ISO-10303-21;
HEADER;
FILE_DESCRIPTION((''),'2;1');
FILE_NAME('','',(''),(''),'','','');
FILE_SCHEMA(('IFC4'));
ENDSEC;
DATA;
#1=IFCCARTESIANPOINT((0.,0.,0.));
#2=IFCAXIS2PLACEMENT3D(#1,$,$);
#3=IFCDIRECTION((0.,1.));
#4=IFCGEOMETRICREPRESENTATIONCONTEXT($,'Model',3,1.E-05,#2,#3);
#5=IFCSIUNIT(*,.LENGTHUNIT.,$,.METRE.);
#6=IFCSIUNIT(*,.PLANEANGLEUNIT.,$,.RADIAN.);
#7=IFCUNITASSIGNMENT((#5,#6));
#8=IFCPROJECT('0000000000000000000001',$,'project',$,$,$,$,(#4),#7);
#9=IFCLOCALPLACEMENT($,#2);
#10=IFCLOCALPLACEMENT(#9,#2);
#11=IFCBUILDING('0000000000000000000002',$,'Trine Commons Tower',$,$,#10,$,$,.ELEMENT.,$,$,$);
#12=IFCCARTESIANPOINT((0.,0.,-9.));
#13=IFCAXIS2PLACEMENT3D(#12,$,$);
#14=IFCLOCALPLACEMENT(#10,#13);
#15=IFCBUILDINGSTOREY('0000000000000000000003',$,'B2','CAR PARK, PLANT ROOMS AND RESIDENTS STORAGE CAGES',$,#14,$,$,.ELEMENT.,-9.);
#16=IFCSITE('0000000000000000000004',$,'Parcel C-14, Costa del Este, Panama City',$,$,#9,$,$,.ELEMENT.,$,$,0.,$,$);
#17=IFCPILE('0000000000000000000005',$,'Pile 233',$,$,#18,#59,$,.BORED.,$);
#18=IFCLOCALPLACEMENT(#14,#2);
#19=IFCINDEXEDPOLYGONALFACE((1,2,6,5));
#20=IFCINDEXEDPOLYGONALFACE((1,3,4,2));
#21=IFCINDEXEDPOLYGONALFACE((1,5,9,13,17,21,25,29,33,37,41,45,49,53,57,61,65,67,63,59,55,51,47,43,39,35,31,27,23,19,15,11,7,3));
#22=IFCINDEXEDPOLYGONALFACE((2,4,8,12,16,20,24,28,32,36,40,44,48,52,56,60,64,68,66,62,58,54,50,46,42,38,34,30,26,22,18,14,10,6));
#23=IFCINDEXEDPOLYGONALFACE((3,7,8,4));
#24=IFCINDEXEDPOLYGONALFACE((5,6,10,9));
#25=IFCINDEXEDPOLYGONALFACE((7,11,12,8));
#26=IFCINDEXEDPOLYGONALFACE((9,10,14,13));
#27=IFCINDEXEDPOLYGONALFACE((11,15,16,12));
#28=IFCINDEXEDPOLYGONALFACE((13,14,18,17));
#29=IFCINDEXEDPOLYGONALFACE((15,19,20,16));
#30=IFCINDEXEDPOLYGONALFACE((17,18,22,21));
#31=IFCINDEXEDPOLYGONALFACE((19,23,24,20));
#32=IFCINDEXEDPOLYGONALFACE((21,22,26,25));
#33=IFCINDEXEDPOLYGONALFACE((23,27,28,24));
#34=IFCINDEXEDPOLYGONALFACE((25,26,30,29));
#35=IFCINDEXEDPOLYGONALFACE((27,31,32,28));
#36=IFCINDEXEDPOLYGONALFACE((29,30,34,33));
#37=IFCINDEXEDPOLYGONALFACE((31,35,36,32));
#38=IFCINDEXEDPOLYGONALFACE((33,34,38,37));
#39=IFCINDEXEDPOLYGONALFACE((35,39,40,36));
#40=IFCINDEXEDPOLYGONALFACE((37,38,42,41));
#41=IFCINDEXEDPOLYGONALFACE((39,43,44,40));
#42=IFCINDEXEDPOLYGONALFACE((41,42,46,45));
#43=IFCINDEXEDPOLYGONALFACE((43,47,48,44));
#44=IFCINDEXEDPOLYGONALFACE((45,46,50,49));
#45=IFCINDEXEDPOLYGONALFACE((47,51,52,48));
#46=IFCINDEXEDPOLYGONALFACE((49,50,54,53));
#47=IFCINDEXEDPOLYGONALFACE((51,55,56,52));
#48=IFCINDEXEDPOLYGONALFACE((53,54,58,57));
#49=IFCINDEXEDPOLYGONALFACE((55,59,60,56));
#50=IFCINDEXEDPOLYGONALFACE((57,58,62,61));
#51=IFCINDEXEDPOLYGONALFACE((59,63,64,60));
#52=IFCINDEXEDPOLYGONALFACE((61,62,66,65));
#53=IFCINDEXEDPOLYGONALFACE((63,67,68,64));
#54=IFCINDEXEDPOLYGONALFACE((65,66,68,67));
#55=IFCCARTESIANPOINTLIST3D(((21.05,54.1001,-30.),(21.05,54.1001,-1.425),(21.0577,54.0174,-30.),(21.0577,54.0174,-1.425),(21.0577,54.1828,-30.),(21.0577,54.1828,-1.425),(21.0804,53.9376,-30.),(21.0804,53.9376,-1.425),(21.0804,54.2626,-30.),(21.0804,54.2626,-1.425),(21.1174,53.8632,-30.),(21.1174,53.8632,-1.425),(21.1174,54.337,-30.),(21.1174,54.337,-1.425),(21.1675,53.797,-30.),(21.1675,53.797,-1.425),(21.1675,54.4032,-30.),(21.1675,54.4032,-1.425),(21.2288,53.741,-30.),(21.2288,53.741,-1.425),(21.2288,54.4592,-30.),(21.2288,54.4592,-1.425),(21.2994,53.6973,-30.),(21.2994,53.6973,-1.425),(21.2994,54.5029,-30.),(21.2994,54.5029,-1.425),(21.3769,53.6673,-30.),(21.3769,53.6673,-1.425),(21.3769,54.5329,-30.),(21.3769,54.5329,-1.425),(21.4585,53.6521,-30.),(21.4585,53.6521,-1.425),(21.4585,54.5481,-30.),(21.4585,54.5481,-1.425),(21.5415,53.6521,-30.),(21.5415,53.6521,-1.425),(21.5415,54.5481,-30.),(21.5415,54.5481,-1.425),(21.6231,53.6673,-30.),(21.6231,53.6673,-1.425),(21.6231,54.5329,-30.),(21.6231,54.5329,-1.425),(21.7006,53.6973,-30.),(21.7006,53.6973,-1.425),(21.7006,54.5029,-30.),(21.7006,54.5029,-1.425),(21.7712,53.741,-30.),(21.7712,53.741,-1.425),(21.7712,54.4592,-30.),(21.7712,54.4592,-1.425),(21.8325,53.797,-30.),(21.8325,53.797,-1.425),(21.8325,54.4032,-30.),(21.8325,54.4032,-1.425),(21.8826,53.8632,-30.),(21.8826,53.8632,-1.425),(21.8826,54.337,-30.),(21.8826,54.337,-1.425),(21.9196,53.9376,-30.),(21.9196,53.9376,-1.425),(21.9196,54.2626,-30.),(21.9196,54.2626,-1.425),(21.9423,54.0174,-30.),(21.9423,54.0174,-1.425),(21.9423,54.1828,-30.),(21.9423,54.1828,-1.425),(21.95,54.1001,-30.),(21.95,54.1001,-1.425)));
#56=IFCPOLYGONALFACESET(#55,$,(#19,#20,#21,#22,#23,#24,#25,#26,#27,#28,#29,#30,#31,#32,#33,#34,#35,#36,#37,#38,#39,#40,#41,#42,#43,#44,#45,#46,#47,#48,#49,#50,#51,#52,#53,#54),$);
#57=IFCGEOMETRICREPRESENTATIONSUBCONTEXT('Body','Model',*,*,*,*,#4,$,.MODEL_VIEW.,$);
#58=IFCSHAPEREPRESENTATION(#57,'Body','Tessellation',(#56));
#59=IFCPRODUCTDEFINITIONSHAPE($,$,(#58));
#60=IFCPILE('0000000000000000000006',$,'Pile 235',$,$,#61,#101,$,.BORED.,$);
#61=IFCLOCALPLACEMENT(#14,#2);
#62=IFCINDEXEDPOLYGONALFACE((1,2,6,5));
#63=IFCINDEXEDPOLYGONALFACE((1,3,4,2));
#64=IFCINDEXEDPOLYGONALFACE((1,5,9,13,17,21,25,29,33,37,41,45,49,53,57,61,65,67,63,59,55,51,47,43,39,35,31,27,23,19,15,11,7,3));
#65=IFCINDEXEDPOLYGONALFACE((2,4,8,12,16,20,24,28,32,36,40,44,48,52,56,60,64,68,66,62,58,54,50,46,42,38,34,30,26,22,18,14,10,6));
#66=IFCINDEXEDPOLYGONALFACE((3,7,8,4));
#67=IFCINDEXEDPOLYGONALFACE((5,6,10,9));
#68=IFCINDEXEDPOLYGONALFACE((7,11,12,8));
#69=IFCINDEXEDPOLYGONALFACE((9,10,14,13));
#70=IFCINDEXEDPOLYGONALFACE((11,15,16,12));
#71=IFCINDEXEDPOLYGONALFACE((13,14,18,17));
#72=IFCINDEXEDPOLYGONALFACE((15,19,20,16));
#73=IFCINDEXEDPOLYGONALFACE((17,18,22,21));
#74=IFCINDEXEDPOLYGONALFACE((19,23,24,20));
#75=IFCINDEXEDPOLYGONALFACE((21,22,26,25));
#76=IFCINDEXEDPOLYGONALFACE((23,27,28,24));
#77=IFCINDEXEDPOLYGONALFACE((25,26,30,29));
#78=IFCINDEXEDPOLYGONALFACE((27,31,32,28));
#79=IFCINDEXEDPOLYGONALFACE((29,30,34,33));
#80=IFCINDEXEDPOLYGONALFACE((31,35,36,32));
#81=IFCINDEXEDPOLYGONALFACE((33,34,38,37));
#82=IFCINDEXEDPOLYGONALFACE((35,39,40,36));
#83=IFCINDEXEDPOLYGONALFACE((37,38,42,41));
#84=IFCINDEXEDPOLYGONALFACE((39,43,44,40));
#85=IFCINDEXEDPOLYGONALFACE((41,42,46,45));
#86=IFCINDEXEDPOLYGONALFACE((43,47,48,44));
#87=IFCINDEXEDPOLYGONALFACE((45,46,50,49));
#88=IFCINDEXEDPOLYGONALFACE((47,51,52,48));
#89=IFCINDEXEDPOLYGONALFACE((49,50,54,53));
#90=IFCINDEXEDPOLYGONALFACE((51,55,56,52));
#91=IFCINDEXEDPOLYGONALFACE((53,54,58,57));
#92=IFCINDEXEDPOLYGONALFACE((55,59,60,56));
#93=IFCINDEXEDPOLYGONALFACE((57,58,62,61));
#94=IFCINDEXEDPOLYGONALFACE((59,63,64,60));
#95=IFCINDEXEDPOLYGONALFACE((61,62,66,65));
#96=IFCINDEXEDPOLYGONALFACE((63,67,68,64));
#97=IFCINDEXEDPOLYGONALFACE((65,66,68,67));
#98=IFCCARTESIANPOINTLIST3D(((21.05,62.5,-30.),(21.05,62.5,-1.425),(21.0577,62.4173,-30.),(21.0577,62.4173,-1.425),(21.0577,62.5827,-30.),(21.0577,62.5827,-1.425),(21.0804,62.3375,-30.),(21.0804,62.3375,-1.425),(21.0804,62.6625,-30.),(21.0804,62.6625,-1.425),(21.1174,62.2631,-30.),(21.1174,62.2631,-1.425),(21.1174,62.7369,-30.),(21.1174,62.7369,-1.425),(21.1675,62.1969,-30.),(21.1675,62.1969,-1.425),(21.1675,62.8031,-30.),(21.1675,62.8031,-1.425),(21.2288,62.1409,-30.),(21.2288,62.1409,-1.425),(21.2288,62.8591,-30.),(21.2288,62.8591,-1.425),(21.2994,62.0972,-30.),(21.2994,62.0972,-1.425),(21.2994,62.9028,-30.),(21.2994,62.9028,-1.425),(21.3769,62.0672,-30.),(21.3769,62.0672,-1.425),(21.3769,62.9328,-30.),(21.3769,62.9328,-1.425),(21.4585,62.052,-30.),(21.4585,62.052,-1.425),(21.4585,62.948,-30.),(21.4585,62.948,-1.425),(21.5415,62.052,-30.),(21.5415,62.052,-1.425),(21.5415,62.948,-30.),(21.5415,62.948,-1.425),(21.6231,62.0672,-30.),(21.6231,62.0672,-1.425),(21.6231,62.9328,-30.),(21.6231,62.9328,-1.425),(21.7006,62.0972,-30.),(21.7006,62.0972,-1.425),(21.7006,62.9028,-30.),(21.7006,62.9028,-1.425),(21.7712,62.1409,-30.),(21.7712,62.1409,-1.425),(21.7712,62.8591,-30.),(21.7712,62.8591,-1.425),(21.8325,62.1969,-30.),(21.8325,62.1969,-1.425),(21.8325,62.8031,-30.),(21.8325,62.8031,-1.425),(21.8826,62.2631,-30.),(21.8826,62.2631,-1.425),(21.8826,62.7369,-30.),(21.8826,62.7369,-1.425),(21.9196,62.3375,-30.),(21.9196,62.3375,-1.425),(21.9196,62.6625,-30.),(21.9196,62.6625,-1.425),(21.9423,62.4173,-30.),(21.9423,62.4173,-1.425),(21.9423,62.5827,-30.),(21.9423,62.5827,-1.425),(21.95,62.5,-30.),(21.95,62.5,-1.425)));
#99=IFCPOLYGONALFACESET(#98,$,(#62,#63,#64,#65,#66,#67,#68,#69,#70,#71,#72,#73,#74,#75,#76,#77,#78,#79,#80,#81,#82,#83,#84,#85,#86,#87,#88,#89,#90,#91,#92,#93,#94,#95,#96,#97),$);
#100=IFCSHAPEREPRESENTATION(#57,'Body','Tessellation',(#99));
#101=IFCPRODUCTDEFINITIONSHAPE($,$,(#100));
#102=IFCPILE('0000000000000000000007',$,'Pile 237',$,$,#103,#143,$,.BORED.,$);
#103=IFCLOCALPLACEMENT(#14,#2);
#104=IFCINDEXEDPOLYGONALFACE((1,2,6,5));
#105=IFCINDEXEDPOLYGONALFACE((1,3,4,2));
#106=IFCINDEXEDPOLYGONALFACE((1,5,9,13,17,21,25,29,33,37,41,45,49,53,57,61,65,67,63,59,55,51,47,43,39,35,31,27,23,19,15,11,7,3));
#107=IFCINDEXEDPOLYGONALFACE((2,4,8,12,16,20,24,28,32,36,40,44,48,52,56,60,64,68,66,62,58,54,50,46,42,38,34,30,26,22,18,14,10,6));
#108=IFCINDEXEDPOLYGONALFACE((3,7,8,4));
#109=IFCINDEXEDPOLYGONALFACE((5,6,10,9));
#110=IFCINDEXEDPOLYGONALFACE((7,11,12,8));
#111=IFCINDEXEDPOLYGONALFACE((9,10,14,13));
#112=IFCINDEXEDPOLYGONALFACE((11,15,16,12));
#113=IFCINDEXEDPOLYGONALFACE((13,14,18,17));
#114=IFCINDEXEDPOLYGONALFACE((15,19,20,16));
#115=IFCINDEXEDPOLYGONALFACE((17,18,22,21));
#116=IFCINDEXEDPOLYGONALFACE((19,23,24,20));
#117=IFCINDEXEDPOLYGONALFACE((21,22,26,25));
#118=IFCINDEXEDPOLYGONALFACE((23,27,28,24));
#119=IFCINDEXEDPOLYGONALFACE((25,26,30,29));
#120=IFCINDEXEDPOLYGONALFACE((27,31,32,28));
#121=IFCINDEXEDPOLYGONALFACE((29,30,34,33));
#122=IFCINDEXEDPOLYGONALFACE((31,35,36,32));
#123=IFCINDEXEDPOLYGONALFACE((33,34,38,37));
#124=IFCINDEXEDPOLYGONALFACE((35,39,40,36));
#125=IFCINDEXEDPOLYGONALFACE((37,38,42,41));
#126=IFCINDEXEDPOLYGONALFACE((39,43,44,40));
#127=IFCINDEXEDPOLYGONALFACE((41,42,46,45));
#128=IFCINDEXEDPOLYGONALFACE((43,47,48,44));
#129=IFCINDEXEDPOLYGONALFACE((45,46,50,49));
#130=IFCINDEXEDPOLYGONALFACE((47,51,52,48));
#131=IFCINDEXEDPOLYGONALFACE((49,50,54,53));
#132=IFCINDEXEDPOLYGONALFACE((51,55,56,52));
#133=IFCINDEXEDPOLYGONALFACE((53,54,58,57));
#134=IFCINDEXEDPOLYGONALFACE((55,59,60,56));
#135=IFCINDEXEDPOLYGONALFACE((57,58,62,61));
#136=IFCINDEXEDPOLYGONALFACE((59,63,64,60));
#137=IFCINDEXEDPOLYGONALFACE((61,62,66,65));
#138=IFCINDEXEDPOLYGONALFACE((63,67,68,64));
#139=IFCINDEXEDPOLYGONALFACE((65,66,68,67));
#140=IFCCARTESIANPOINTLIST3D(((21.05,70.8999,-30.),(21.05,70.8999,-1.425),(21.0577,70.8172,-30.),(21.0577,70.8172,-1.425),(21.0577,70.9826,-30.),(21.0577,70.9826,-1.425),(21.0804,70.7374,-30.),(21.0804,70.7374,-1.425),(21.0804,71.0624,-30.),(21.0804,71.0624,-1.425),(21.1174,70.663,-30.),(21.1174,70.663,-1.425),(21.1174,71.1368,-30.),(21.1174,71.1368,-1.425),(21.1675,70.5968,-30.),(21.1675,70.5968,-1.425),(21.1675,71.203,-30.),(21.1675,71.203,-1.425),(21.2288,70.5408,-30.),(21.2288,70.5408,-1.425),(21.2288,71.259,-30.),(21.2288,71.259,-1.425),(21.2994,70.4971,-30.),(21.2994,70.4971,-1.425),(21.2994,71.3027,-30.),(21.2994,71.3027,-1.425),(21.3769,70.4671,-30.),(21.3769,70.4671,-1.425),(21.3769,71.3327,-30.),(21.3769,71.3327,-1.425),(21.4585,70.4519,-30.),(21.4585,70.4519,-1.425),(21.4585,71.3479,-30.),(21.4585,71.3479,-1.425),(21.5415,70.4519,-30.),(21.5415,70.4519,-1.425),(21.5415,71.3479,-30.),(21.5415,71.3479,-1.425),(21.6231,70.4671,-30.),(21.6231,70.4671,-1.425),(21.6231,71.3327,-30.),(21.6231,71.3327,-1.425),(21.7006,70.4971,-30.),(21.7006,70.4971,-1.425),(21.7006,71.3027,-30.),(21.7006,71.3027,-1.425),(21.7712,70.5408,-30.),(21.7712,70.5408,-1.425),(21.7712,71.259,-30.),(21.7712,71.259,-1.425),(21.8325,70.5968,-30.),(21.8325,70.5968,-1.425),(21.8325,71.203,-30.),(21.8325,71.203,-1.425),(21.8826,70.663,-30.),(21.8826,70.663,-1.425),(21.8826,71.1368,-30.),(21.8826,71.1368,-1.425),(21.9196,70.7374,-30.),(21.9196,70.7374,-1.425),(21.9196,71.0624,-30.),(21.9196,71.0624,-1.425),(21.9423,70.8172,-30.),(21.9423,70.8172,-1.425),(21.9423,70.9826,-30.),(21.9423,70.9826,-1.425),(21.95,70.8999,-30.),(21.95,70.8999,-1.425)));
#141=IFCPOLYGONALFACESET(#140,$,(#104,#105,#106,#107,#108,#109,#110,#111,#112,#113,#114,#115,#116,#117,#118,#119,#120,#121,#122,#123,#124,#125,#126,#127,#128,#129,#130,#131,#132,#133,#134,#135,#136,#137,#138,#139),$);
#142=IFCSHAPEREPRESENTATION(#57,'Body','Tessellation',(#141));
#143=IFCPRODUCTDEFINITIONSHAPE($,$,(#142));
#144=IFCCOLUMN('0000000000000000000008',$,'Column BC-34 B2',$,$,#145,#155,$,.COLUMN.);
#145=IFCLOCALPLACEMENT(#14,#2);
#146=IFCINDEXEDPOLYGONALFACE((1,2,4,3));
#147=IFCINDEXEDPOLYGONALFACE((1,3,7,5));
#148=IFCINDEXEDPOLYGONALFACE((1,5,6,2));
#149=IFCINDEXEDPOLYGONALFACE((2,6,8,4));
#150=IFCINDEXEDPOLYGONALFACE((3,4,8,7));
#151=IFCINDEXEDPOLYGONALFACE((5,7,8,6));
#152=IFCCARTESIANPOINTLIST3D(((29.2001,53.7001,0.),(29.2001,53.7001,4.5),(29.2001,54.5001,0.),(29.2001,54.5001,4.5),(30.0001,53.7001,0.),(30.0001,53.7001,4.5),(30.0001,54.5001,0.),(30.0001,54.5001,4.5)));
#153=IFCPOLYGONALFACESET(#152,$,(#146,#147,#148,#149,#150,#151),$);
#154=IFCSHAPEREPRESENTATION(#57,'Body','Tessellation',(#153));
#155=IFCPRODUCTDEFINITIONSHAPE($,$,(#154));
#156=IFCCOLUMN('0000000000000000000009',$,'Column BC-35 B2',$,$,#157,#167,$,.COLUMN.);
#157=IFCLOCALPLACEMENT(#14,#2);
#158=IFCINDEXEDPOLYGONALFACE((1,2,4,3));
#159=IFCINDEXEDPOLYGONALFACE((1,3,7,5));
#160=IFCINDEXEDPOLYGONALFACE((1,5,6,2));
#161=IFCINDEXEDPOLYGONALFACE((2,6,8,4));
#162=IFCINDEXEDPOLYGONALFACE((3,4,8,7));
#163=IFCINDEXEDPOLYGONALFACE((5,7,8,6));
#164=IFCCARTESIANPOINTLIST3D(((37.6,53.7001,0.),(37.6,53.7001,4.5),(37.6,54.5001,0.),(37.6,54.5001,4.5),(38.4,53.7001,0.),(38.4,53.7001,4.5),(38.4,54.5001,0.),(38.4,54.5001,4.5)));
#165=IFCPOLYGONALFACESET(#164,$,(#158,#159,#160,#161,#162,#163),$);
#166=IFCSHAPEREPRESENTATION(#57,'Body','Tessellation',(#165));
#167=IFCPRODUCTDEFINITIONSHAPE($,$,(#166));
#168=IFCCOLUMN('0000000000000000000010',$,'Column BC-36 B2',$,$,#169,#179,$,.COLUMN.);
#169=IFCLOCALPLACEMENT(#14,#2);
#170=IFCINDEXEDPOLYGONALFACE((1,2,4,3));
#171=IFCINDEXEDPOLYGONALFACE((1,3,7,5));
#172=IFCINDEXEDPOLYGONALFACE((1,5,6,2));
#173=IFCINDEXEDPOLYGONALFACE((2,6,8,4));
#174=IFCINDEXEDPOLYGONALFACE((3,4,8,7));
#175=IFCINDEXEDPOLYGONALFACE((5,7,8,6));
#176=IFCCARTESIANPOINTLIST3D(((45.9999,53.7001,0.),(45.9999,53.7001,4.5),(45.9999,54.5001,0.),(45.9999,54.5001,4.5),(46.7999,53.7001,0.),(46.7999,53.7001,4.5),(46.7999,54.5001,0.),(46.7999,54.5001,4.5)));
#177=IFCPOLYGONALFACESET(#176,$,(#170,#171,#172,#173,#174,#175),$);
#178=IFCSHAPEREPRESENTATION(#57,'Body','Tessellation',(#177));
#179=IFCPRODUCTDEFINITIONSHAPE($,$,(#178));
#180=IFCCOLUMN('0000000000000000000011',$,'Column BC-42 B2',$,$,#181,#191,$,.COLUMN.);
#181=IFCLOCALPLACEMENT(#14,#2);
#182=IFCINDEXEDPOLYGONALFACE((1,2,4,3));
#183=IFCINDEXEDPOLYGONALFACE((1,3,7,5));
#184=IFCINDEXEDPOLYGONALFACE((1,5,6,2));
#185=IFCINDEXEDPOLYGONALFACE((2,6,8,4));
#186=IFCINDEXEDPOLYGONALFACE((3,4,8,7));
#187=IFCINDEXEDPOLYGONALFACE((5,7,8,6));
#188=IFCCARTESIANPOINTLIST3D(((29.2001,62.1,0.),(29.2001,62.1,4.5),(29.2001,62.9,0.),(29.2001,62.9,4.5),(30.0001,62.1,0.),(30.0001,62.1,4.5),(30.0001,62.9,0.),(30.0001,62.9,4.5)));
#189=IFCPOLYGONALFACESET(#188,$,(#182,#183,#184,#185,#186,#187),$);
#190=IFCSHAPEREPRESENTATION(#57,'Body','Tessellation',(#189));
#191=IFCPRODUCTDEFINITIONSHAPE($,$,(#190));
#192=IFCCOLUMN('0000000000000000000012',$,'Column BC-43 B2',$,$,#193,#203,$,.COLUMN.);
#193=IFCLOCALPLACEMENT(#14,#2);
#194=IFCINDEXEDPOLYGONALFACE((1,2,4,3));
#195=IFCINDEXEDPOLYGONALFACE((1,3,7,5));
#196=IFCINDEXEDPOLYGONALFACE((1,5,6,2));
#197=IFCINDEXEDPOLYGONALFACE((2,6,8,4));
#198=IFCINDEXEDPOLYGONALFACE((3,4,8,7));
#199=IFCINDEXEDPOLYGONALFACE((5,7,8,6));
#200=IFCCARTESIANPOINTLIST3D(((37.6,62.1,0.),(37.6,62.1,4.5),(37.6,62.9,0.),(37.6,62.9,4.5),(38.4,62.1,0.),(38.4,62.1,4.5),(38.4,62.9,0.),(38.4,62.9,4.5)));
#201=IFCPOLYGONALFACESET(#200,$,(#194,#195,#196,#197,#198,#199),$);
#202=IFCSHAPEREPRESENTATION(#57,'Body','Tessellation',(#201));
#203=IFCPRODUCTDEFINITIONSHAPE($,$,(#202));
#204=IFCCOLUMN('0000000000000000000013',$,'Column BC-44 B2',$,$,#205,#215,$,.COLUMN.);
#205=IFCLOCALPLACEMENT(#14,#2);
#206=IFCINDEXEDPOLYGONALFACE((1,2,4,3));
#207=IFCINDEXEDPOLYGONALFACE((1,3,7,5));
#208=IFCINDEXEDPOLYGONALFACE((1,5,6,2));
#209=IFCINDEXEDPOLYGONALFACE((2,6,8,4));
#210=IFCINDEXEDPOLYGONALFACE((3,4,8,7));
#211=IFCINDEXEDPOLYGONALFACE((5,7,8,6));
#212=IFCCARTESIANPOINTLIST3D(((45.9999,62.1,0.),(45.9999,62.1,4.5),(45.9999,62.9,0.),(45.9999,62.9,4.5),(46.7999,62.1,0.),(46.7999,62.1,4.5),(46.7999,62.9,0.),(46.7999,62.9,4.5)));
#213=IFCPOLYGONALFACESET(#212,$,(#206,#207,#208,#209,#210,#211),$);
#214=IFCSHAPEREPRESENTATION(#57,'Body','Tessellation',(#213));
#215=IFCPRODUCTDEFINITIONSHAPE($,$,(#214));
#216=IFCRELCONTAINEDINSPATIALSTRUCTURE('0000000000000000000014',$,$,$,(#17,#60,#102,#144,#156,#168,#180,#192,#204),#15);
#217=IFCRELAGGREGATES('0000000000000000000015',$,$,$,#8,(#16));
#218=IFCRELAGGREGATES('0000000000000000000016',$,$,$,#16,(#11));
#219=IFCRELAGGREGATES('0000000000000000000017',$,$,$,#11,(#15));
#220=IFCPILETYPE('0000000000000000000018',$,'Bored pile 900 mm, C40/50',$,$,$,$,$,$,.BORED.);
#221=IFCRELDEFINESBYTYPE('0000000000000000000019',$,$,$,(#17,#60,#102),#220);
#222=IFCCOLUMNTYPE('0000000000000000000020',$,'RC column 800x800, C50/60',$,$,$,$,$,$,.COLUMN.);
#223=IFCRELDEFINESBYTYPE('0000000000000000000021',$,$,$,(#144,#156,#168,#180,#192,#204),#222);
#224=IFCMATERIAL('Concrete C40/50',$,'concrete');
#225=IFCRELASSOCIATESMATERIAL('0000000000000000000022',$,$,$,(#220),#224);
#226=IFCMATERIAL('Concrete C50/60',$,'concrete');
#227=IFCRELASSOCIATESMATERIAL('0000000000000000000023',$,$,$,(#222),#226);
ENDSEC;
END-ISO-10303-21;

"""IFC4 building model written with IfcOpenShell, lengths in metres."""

from ifc_helpers import new_model, si_unit, direction, frame, origin, origin_2d, place, context, subcontext, project, spatial, rectangle, circle, extrude, material, material_profile, profile_set, type_object, element, save


model = new_model("IFC4")

# Units and contexts
model_context = context("Model", 3, precision=1e-05, world=origin(), true_north=direction((0.0, 1.0)))
body_context = subcontext(model_context, "Body", "Model", "MODEL_VIEW")
ifc_project = project(units=[si_unit("LENGTHUNIT", "METRE"), si_unit("PLANEANGLEUNIT", "RADIAN")], contexts=[model_context])

# Site, building, storey
site_placement = place(None, origin())
site = spatial("IfcSite", under=ifc_project, at=site_placement, Name="Parcel C-14, Costa del Este, Panama City", CompositionType="ELEMENT", RefElevation=0.0)
building_placement = place(site_placement, origin())
building = spatial("IfcBuilding", under=site, at=building_placement, Name="Trine Commons Tower", CompositionType="ELEMENT")
storey_placement = place(building_placement, frame((0.0, 0.0, -9.0)))
storey = spatial("IfcBuildingStorey", under=building, at=storey_placement, Name="B2", Description="CAR PARK, PLANT ROOMS AND RESIDENTS STORAGE CAGES", CompositionType="ELEMENT", Elevation=-9.0)

# Piles
ifc_material_1 = material(Name="Concrete C40/50", Category="concrete")
pile_type_1 = type_object("IfcPileType", Name="Bored pile 900 mm, C40/50", PredefinedType="BORED", material=ifc_material_1)
for number, where, z_axis, x_axis, name in (
    (1, (21.5, 54.1001, -1.425), (0.0, 0.0, -1.0), (1.0, 0.0, 0.0), "Pile 233"),
    (2, (21.5, 62.5, -1.425), (0.0, 0.0, -1.0), (1.0, 0.0, 0.0), "Pile 235"),
    (3, (21.5, 70.8999, -1.425), (0.0, 0.0, -1.0), (1.0, 0.0, 0.0), "Pile 237"),
):
    element("IfcPile", number, at=place(storey_placement, frame(where, z_axis=z_axis, x_axis=x_axis)), inside=storey, type_object=pile_type_1, Name=name, PredefinedType="BORED", context=body_context, shape_type="SweptSolid", body=[
        extrude(circle(Radius=0.45, at=origin_2d()), origin(), (0.0, 0.0, 1.0), 28.575),
    ])

# Columns
ifc_material_2 = material(Name="Concrete C50/60", Category="concrete")
ifc_material_profile_1 = material_profile(ifc_material_2, rectangle(XDim=0.8, YDim=0.8, at=origin_2d()), Name="RC 800x800")
ifc_profile_set_1 = profile_set([ifc_material_profile_1], Name="Concrete C50/60")
column_type_1 = type_object("IfcColumnType", Name="RC column 800x800, C50/60", PredefinedType="COLUMN", material=ifc_profile_set_1)
for number, where, z_axis, x_axis, name in (
    (4, (29.6001, 54.1001, 0.0), (0.0, 0.0, 1.0), (1.0, 0.0, 0.0), "Column BC-34 B2"),
    (5, (38.0, 54.1001, 0.0), (0.0, 0.0, 1.0), (1.0, 0.0, 0.0), "Column BC-35 B2"),
    (6, (46.3999, 54.1001, 0.0), (0.0, 0.0, 1.0), (1.0, 0.0, 0.0), "Column BC-36 B2"),
    (7, (29.6001, 62.5, 0.0), (0.0, 0.0, 1.0), (1.0, 0.0, 0.0), "Column BC-42 B2"),
    (8, (38.0, 62.5, 0.0), (0.0, 0.0, 1.0), (1.0, 0.0, 0.0), "Column BC-43 B2"),
    (9, (46.3999, 62.5, 0.0), (0.0, 0.0, 1.0), (1.0, 0.0, 0.0), "Column BC-44 B2"),
):
    element("IfcColumn", number, at=place(storey_placement, frame(where, z_axis=z_axis, x_axis=x_axis)), inside=storey, type_object=column_type_1, Name=name, PredefinedType="COLUMN", context=body_context, shape_type="SweptSolid", body=[
        extrude(rectangle(XDim=0.8, YDim=0.8, at=origin_2d()), origin(), (0.0, 0.0, 1.0), 4.5),
    ])

save(model, "model.ifc")
